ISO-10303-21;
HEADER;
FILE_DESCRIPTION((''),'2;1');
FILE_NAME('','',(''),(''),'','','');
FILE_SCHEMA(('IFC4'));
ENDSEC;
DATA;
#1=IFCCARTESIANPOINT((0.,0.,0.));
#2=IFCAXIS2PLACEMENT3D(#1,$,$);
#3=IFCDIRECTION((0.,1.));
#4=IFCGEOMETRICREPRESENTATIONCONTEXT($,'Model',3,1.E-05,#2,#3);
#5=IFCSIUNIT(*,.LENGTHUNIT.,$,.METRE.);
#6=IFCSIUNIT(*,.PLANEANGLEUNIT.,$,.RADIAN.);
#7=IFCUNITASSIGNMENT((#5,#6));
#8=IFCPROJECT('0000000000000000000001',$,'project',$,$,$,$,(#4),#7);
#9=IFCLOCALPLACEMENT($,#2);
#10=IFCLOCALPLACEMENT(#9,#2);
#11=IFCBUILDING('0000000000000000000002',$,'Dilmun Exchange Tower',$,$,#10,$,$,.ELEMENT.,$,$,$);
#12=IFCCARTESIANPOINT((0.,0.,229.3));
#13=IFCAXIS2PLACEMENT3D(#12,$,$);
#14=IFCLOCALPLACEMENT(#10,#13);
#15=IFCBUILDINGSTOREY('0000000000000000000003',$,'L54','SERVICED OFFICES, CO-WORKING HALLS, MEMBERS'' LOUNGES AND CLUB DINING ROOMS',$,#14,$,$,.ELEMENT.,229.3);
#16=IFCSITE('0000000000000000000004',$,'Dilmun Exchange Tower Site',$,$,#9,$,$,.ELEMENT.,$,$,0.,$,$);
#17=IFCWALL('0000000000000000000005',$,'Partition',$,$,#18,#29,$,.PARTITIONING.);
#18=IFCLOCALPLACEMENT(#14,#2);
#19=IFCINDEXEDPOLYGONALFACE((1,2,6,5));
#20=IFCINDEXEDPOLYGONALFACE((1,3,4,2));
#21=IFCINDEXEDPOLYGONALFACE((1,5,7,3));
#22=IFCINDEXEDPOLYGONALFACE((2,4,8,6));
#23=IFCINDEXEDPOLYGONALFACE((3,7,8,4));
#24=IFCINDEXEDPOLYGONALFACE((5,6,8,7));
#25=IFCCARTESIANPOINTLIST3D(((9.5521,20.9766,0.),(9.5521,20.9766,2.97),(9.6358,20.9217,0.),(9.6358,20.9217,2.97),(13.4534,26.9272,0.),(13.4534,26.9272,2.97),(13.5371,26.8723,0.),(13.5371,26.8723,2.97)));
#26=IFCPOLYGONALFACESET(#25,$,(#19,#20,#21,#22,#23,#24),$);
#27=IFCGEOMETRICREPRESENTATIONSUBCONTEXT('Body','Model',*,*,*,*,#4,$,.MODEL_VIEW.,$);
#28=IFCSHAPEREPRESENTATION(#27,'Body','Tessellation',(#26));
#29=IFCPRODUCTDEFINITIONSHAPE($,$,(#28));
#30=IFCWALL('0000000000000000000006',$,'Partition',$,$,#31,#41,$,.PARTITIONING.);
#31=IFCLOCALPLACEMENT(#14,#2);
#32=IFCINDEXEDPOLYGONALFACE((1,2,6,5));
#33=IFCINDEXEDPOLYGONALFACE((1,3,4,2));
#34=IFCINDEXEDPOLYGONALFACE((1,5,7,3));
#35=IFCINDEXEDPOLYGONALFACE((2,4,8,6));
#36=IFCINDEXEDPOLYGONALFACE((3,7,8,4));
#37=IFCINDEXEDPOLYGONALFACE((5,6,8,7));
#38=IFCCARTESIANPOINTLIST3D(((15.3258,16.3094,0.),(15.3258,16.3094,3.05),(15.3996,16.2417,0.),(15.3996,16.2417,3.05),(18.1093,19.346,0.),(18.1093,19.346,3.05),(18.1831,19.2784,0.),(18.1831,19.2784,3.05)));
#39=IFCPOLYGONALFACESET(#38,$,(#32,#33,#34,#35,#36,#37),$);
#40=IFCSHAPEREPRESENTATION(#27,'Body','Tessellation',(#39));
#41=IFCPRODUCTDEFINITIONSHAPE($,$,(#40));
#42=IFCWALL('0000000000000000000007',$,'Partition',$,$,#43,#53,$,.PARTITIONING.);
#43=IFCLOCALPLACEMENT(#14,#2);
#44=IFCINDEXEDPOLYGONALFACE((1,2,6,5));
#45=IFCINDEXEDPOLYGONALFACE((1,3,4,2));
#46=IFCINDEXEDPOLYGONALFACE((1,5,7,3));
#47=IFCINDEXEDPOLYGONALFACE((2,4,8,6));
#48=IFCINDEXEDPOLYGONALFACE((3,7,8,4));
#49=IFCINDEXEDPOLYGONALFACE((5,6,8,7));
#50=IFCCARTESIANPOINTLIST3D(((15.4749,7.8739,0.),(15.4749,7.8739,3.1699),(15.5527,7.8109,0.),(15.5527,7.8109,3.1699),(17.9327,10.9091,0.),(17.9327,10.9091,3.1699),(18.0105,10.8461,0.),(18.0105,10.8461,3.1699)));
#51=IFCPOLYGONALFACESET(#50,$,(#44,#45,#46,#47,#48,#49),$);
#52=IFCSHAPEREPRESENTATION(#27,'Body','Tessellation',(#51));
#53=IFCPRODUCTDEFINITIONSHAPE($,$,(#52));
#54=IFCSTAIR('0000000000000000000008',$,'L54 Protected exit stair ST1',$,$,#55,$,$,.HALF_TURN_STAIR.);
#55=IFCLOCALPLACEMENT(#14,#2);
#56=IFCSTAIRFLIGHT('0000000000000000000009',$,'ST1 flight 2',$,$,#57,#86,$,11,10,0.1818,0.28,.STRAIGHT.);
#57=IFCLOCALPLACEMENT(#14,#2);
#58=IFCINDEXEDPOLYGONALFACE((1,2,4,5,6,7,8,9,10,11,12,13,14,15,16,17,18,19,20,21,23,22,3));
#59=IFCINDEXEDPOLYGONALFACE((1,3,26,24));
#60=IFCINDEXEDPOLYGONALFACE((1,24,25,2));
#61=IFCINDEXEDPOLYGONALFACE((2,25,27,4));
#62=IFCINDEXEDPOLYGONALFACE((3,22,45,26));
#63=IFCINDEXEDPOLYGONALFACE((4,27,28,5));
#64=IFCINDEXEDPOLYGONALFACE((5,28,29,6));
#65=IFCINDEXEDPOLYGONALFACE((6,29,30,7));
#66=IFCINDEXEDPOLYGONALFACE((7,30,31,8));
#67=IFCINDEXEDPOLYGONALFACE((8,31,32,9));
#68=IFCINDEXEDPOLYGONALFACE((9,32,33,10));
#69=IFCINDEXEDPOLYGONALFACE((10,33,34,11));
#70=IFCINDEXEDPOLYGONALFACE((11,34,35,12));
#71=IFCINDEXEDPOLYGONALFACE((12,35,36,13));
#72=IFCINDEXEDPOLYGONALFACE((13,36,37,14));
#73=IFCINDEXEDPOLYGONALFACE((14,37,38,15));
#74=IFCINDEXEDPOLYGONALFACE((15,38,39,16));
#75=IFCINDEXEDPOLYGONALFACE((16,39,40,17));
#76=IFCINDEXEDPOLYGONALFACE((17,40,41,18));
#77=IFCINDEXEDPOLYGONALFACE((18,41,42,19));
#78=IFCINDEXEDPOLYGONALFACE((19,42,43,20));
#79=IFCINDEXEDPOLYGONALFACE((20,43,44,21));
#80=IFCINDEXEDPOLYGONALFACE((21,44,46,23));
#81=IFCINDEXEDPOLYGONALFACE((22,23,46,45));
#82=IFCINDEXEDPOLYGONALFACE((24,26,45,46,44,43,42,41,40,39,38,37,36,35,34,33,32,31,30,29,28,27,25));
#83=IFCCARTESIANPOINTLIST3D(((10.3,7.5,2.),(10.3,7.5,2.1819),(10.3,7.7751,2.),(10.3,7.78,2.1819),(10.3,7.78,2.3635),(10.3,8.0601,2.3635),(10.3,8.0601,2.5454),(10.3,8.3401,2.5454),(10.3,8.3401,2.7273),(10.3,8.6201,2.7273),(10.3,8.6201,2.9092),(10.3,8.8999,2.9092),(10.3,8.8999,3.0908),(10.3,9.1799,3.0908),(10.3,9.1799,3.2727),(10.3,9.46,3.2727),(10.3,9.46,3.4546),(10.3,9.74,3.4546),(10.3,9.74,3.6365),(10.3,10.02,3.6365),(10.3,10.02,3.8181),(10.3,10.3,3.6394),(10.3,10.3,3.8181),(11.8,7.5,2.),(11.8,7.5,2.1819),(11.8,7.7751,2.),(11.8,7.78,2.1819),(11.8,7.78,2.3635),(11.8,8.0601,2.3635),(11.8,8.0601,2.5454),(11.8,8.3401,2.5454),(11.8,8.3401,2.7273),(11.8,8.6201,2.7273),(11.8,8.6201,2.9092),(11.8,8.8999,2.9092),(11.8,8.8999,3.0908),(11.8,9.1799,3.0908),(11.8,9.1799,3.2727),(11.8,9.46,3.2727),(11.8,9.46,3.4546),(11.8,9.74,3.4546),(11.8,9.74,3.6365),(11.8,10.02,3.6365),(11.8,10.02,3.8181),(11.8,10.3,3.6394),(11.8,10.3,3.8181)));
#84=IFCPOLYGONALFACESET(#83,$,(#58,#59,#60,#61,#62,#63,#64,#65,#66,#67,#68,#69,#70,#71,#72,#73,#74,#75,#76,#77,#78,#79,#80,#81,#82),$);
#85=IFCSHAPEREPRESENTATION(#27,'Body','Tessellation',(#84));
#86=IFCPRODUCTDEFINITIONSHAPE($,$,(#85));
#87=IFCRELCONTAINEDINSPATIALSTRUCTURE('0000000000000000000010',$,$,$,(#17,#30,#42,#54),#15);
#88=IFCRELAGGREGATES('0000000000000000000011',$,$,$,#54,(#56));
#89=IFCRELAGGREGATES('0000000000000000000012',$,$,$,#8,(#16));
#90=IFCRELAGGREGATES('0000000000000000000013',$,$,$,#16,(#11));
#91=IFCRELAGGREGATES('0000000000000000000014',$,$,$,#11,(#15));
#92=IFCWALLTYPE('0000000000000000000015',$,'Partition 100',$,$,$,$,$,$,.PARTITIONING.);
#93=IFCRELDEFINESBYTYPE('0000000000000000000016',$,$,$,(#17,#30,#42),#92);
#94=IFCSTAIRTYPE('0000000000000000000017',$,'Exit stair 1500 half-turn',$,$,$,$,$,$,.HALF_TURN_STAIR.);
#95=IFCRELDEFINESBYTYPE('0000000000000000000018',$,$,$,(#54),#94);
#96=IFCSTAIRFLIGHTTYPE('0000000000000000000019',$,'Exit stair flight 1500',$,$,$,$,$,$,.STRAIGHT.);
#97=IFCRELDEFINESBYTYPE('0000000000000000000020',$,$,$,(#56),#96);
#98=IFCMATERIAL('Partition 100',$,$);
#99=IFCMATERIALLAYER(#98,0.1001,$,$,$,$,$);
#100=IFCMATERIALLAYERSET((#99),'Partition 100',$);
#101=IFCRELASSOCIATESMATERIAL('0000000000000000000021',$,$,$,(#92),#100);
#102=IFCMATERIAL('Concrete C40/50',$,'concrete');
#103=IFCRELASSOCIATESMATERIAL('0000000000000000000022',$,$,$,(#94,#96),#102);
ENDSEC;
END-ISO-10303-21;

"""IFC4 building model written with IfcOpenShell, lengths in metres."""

from ifc_helpers import new_model, si_unit, direction, frame, frame_2d, origin, place, context, subcontext, project, spatial, polyline, rectangle, outline, extrude, material, layer, layer_set, type_object, element, aggregate, save


model = new_model("IFC4")

# Units and contexts
model_context = context("Model", 3, precision=1e-05, world=origin(), true_north=direction((0.0, 1.0)))
body_context = subcontext(model_context, "Body", "Model", "MODEL_VIEW")
ifc_project = project(units=[si_unit("LENGTHUNIT", "METRE"), si_unit("PLANEANGLEUNIT", "RADIAN")], contexts=[model_context])

# Site, building, storey
site_placement = place(None, origin())
site = spatial("IfcSite", under=ifc_project, at=site_placement, Name="Dilmun Exchange Tower Site", CompositionType="ELEMENT", RefElevation=0.0)
building_placement = place(site_placement, origin())
building = spatial("IfcBuilding", under=site, at=building_placement, Name="Dilmun Exchange Tower", CompositionType="ELEMENT")
storey_placement = place(building_placement, frame((0.0, 0.0, 229.3)))
storey = spatial("IfcBuildingStorey", under=building, at=storey_placement, Name="L54", Description="SERVICED OFFICES, CO-WORKING HALLS, MEMBERS' LOUNGES AND CLUB DINING ROOMS", CompositionType="ELEMENT", Elevation=229.3)

# Shared definitions
ifc_material_1 = material(Name="Concrete C40/50", Category="concrete")

# Walls
ifc_material_2 = material(Name="Partition 100")
ifc_layer_1 = layer(ifc_material_2, 0.1001)
ifc_layer_set_1 = layer_set([ifc_layer_1], Name="Partition 100")
wall_type_1 = type_object("IfcWallType", Name="Partition 100", PredefinedType="PARTITIONING", material=ifc_layer_set_1)
wall_1_placement = place(storey_placement, frame((9.594, 20.9492, 0.0), z_axis=(0.0, 0.0, 1.0), x_axis=(0.548286, 0.836291, 0.0)))
element("IfcWall", 1, at=wall_1_placement, inside=storey, type_object=wall_type_1, Name="Partition", PredefinedType="PARTITIONING", context=body_context, shape_type="SweptSolid", body=[
    extrude(rectangle(XDim=7.1155, YDim=0.1001, at=frame_2d((3.5576, 0.0))), origin(), (0.0, 0.0, 1.0), 2.97),
])
wall_2_placement = place(storey_placement, frame((15.3628, 16.2756, 0.0), z_axis=(0.0, 0.0, 1.0), x_axis=(0.675709, 0.737169, 0.0)))
element("IfcWall", 2, at=wall_2_placement, inside=storey, type_object=wall_type_1, Name="Partition", PredefinedType="PARTITIONING", context=body_context, shape_type="SweptSolid", body=[
    extrude(rectangle(XDim=4.1194, YDim=0.1001, at=frame_2d((2.0596, 0.0))), origin(), (0.0, 0.0, 1.0), 3.05),
])
wall_3_placement = place(storey_placement, frame((15.5139, 7.8425, 0.0), z_axis=(0.0, 0.0, 1.0), x_axis=(0.629312, 0.777153, 0.0)))
element("IfcWall", 3, at=wall_3_placement, inside=storey, type_object=wall_type_1, Name="Partition", PredefinedType="PARTITIONING", context=body_context, shape_type="SweptSolid", body=[
    extrude(rectangle(XDim=3.9055, YDim=0.1001, at=frame_2d((1.9526, 0.0))), origin(), (0.0, 0.0, 1.0), 3.1699),
])

# Stair, stair flight
stair_type = type_object("IfcStairType", Name="Exit stair 1500 half-turn", PredefinedType="HALF_TURN_STAIR", material=ifc_material_1)
stair_placement = place(storey_placement, origin())
stair = element("IfcStair", 4, at=stair_placement, inside=storey, type_object=stair_type, Name="L54 Protected exit stair ST1", PredefinedType="HALF_TURN_STAIR")
stair_flight_type = type_object("IfcStairFlightType", Name="Exit stair flight 1500", PredefinedType="STRAIGHT", material=ifc_material_1)
stair_flight_placement = place(storey_placement, frame((11.05, 7.5, 2.0), z_axis=(0.0, 0.0, 1.0), x_axis=(0.0, 1.0, 0.0)))
stair_flight = element("IfcStairFlight", 5, at=stair_flight_placement, type_object=stair_flight_type, Name="ST1 flight 2", NumberOfRisers=11, NumberOfTreads=10, PredefinedType="STRAIGHT", RiserHeight=0.1818, TreadLength=0.28, context=body_context, shape_type="SweptSolid", body=[
    extrude(outline(polyline([(0.0, 0.0), (0.0, 0.1819), (0.28, 0.1819), (0.28, 0.3635), (0.5601, 0.3635), (0.5601, 0.5454), (0.8401, 0.5454), (0.8401, 0.7273), (1.1201, 0.7273), (1.1201, 0.9092), (1.3999, 0.9092), (1.3999, 1.0908), (1.6799, 1.0908), (1.6799, 1.2727), (1.96, 1.2727), (1.96, 1.4546), (2.24, 1.4546), (2.24, 1.6365), (2.52, 1.6365), (2.52, 1.8181), (2.8, 1.8181), (2.8, 2.0), (2.8, 1.6394), (0.2751, 0.0), (0.0, 0.0)])), frame((0.0, 0.75, 0.0), z_axis=(0.0, -1.0, 0.0), x_axis=(1.0, 0.0, 0.0)), (0.0, 0.0, 1.0), 1.5),
])
aggregate(stair, [stair_flight])

save(model, "model.ifc")
